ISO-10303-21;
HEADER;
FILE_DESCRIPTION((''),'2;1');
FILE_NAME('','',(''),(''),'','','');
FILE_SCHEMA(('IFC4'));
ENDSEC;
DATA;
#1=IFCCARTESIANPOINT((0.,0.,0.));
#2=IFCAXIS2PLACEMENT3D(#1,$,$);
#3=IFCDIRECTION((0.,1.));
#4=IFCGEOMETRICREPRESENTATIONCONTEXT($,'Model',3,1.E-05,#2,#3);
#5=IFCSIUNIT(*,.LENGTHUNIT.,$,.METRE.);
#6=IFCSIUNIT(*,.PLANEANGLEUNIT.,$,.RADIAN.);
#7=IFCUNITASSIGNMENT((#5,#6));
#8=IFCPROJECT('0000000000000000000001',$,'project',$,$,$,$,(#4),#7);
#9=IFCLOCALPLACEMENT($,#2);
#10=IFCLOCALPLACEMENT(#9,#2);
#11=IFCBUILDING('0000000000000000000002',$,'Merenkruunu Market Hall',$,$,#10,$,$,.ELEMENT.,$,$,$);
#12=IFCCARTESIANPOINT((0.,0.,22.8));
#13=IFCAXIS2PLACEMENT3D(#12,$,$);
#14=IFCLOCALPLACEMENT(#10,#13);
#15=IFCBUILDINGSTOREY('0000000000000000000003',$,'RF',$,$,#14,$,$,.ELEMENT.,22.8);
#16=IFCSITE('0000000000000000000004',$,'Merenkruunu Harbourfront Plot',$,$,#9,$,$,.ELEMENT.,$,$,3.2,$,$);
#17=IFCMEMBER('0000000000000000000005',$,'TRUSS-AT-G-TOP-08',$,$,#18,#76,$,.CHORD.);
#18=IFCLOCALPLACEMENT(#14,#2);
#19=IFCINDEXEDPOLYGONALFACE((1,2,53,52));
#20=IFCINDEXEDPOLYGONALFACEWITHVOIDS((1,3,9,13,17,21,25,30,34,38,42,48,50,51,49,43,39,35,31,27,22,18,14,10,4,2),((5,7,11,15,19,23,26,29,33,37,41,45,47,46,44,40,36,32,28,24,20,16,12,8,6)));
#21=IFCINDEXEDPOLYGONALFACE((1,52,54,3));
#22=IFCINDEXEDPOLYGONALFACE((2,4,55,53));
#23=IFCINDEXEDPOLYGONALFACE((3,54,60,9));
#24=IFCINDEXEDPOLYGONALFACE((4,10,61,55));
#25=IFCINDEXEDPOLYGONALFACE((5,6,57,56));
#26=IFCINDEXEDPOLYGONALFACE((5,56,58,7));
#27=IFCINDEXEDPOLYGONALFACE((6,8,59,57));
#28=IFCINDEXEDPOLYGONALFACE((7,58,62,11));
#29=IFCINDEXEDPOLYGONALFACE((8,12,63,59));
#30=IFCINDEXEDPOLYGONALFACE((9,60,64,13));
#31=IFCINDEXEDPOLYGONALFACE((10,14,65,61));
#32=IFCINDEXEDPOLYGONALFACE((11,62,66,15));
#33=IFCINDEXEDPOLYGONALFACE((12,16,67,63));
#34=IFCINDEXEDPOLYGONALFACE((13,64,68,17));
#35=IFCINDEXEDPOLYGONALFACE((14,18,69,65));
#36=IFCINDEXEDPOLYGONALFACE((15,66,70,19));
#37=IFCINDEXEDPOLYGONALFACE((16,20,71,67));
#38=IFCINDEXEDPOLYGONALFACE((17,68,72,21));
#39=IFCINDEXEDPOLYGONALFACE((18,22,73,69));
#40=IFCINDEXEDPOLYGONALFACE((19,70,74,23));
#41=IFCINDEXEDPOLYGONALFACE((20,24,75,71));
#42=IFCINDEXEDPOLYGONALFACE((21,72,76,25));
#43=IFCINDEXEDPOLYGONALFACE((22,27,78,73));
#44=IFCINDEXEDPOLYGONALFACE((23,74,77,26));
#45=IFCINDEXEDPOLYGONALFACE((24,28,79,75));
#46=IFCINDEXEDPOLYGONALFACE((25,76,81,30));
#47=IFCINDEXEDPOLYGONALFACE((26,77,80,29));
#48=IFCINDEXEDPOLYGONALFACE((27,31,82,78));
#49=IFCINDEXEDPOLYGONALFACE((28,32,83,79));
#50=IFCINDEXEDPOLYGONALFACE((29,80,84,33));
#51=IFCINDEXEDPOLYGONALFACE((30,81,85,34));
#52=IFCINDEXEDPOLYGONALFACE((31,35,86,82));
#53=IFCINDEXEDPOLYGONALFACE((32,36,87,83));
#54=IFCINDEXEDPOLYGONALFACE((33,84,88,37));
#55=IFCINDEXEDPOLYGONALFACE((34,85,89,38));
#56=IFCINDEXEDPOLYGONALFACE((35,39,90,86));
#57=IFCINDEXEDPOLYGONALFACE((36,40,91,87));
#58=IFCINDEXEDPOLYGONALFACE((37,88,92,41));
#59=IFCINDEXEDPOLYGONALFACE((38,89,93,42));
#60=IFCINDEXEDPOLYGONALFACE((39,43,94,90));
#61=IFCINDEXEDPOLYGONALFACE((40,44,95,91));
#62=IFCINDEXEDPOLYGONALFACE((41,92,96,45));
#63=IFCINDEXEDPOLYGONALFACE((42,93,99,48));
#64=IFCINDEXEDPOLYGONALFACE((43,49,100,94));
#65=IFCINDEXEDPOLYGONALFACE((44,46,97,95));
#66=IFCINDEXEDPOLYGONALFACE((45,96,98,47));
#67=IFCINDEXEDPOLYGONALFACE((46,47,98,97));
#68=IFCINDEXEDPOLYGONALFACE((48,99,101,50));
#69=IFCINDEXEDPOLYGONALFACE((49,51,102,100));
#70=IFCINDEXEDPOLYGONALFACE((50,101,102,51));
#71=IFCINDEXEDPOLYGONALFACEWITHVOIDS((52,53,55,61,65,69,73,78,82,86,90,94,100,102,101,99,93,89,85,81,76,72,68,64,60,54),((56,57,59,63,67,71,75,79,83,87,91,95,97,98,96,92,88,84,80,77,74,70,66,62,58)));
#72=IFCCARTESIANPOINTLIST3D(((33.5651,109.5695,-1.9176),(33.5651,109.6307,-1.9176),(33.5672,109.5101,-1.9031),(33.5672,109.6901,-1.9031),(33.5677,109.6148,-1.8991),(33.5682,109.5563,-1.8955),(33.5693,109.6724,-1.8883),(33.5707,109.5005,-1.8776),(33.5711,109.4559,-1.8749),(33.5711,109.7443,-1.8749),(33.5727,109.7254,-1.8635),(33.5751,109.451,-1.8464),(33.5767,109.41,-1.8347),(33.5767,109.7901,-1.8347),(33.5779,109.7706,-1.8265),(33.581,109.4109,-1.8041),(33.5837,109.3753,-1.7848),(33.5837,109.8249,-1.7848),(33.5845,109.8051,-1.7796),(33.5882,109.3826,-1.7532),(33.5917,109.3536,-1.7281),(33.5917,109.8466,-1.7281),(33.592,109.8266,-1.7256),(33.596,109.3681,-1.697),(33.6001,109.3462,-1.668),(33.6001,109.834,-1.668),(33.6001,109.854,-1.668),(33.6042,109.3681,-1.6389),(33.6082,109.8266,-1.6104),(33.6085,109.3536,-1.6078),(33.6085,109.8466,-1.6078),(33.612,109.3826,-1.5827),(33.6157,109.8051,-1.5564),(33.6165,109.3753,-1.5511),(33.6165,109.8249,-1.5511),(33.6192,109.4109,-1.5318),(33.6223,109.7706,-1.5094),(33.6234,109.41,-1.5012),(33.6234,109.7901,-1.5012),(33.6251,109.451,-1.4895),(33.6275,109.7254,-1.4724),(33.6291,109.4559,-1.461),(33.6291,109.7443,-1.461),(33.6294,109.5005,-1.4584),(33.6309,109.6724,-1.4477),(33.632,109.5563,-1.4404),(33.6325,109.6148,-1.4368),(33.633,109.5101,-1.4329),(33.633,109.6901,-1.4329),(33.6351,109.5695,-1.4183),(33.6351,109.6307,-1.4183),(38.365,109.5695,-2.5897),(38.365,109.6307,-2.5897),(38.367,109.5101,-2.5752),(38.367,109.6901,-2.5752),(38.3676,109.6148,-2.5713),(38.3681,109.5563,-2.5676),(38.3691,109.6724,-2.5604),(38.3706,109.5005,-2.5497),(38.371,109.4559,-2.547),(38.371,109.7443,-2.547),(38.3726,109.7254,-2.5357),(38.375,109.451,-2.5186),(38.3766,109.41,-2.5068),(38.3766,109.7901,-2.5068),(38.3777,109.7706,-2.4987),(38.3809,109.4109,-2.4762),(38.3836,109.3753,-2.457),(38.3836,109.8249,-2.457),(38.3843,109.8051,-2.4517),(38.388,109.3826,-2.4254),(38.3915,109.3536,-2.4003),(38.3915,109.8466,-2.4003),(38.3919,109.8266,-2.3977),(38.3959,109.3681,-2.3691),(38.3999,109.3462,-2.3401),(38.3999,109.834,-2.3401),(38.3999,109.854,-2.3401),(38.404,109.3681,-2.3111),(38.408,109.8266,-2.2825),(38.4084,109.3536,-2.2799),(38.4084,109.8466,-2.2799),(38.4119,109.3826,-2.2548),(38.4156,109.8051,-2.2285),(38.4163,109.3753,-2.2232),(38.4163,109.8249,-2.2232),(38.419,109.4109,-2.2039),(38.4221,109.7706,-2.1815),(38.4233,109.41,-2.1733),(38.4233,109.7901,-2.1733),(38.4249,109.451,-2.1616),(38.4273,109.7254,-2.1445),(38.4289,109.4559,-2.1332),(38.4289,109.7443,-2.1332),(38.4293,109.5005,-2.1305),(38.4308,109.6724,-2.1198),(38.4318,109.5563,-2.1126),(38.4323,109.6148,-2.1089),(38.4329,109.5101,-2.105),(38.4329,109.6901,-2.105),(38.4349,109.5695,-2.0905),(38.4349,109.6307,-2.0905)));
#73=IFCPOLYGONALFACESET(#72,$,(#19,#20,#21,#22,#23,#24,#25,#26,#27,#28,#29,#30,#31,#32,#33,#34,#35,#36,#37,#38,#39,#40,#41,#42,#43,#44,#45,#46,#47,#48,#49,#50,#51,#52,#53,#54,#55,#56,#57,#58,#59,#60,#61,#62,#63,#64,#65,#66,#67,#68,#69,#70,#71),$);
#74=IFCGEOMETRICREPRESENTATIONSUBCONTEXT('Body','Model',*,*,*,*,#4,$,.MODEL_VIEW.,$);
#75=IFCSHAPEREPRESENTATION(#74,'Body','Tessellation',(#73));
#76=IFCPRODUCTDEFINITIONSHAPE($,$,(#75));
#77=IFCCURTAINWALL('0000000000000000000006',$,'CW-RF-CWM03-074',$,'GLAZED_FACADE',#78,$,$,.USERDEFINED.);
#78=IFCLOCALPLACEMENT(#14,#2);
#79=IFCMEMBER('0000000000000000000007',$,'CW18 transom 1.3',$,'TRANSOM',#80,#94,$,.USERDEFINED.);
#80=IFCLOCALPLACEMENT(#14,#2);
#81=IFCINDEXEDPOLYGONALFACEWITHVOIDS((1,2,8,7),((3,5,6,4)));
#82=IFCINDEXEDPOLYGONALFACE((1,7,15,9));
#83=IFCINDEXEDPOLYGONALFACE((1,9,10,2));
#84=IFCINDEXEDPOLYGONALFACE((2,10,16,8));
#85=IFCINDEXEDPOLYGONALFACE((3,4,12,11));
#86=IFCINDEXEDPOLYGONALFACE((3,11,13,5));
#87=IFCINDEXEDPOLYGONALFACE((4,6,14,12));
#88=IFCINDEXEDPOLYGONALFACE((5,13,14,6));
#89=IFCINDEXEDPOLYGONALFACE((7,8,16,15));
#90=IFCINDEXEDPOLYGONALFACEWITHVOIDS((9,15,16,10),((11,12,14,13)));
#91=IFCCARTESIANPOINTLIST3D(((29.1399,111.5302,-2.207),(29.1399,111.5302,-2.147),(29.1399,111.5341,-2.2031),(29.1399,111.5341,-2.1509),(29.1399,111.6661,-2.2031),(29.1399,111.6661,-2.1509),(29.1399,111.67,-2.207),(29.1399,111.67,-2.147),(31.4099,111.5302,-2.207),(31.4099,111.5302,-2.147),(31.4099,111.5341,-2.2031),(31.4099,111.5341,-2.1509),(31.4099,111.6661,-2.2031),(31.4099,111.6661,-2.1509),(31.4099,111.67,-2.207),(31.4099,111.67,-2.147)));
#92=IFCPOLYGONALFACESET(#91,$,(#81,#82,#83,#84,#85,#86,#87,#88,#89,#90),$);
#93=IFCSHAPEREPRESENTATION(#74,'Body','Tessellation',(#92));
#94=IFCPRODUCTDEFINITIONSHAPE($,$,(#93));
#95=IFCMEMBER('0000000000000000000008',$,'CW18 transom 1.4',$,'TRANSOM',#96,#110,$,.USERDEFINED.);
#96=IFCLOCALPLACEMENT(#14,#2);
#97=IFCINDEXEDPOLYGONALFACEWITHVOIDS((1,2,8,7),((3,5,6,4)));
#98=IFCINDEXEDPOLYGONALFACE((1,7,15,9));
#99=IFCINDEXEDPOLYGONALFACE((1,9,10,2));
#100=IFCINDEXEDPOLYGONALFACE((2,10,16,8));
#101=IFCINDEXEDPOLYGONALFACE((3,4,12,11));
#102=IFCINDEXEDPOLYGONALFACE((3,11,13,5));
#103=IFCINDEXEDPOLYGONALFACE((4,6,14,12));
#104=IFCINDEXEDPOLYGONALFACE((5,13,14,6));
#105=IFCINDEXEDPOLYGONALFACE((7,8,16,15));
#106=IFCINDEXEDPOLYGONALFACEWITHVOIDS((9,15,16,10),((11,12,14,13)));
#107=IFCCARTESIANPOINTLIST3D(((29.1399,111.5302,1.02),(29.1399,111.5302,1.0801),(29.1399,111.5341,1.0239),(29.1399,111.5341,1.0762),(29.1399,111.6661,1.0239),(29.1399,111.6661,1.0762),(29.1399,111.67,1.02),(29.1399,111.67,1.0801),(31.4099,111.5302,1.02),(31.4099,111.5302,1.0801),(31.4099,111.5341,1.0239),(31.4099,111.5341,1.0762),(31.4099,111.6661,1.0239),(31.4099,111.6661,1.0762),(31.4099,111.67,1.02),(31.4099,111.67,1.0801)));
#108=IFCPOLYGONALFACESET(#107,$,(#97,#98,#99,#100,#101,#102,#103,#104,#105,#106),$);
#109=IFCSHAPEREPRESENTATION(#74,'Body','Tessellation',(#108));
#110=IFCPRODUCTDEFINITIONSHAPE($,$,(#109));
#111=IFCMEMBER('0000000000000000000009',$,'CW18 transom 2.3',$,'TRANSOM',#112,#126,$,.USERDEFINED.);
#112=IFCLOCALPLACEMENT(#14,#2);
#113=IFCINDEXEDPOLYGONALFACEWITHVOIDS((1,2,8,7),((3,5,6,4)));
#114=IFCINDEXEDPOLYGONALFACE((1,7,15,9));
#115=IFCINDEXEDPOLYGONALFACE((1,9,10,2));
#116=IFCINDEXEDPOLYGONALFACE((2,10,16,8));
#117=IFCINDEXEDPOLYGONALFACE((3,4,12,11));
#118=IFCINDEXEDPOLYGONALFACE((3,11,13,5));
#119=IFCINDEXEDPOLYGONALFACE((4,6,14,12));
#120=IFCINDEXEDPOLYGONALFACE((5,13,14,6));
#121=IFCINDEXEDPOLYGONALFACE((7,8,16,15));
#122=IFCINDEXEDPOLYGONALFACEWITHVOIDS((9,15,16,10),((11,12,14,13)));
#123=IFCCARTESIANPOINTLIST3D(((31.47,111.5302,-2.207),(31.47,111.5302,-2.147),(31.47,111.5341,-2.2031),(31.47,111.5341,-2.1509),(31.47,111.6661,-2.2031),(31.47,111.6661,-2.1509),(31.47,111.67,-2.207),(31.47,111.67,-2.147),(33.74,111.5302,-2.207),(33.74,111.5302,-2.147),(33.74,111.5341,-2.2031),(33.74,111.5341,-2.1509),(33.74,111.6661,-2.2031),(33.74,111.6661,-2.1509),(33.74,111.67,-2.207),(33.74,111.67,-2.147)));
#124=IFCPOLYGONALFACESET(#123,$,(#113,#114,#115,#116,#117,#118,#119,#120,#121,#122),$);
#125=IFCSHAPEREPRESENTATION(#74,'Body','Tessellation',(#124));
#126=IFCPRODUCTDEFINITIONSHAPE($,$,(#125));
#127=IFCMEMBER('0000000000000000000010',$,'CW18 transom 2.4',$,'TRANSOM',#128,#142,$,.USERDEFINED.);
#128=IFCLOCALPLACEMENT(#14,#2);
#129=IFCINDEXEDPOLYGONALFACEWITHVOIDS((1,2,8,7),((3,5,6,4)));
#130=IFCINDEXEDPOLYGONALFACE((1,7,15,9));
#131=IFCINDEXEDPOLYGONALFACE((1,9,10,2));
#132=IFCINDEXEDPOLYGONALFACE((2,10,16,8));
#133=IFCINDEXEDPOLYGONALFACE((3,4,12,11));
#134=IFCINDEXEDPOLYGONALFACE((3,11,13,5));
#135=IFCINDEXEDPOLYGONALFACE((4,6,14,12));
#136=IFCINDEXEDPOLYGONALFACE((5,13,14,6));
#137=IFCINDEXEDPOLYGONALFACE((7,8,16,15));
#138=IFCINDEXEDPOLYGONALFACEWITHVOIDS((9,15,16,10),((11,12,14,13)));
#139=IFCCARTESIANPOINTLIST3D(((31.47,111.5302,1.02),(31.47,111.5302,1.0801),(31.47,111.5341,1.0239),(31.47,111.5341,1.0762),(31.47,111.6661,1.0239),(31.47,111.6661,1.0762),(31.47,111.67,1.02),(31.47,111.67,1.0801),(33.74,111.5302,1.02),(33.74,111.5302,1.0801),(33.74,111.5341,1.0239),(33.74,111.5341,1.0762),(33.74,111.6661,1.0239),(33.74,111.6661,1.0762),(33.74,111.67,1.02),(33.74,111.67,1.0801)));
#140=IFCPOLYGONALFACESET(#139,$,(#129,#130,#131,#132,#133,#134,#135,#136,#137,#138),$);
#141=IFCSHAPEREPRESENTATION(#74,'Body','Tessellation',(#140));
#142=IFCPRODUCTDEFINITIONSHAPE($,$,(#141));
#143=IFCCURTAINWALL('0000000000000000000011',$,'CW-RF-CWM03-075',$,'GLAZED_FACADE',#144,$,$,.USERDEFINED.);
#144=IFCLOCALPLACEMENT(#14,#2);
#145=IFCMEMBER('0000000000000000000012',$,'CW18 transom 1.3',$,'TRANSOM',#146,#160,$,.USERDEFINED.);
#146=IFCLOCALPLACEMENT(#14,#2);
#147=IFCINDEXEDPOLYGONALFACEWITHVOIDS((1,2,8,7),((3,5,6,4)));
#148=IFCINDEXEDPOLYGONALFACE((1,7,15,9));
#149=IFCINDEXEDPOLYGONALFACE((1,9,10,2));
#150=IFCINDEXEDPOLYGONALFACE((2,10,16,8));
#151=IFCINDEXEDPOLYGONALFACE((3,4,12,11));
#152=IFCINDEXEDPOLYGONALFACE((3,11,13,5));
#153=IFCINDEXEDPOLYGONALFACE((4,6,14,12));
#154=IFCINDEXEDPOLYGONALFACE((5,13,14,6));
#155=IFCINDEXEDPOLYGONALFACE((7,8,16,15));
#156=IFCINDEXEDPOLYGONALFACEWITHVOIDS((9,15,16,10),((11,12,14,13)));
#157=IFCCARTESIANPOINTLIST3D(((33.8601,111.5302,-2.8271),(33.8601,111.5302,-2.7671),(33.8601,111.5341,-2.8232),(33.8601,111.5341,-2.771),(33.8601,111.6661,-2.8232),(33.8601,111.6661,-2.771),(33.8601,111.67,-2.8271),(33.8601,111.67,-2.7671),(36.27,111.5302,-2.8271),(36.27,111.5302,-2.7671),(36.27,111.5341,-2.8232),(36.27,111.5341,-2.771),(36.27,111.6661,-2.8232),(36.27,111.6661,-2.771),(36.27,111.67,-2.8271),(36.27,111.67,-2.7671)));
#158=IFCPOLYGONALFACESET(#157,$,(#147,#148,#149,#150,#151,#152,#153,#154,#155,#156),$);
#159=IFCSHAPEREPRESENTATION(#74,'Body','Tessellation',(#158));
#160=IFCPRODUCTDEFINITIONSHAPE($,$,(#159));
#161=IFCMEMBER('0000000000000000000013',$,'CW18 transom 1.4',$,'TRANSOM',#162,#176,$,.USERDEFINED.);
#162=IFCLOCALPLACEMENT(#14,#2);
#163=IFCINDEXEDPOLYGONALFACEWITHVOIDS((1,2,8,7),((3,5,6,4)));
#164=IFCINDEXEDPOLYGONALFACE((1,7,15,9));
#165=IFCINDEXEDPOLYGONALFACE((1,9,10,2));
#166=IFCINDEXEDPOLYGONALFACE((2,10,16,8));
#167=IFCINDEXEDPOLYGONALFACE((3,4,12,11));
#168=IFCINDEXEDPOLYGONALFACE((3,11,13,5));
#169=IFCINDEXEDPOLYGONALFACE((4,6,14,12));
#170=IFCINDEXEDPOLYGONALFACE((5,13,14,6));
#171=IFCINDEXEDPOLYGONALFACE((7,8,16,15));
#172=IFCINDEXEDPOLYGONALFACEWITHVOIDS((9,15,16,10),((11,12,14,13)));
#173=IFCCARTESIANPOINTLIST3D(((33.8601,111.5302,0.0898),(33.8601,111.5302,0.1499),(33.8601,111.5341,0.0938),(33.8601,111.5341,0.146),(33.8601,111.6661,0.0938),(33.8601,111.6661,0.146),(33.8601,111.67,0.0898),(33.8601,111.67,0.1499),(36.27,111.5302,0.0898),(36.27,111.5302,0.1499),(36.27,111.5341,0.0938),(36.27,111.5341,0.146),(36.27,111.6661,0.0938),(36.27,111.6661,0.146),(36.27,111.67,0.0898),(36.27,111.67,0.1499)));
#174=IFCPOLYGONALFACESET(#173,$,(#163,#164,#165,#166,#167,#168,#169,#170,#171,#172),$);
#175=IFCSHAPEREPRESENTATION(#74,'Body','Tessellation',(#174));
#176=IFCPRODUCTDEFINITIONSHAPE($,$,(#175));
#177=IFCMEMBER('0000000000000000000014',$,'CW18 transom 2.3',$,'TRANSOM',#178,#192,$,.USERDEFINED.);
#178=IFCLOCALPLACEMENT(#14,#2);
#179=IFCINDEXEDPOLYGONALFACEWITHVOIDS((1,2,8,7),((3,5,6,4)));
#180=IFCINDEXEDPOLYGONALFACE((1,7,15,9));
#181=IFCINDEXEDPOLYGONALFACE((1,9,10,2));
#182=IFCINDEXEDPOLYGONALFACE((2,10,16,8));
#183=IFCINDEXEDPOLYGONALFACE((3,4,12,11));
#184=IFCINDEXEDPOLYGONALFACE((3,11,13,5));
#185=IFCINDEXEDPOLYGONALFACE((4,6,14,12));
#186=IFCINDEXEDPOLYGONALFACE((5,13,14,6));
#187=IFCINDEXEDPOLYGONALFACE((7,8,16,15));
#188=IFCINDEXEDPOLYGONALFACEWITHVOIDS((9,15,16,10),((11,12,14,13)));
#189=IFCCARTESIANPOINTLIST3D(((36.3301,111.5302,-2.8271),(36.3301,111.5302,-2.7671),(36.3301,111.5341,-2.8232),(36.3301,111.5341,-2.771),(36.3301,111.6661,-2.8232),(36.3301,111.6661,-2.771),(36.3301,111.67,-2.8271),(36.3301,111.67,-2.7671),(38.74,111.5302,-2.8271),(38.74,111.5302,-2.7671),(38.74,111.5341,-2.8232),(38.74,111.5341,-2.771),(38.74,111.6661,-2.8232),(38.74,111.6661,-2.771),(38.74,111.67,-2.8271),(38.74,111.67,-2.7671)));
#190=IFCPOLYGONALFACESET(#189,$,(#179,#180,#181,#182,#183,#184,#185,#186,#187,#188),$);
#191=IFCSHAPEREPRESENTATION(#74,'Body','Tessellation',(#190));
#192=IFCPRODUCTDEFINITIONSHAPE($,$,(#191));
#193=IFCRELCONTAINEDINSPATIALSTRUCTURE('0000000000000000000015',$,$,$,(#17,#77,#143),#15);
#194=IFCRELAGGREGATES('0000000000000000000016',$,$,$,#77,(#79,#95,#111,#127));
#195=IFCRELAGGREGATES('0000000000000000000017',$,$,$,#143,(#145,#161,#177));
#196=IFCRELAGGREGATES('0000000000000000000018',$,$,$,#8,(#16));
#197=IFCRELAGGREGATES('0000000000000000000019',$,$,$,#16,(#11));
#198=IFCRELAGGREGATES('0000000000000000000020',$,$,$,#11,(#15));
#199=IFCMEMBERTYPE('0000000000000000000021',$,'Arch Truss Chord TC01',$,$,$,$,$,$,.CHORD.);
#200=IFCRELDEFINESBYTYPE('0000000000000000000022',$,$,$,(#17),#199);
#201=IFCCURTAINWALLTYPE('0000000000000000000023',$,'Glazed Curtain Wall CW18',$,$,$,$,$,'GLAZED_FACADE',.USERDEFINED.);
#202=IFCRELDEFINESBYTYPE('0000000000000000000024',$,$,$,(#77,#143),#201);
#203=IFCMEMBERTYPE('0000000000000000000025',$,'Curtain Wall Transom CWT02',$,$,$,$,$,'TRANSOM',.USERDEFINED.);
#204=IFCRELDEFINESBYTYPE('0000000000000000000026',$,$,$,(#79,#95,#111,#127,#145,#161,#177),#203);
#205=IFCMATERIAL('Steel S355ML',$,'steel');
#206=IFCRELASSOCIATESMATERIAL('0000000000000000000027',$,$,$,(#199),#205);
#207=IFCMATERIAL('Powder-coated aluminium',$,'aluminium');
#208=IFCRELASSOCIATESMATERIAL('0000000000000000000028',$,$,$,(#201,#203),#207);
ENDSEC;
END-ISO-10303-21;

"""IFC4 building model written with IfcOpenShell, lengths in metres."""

from ifc_helpers import new_model, si_unit, direction, frame, origin, origin_2d, place, context, subcontext, project, spatial, hollow_rectangle, hollow_circle, extrude, material, material_profile, profile_set, type_object, element, aggregate, save


model = new_model("IFC4")

# Units and contexts
model_context = context("Model", 3, precision=1e-05, world=origin(), true_north=direction((0.0, 1.0)))
body_context = subcontext(model_context, "Body", "Model", "MODEL_VIEW")
ifc_project = project(units=[si_unit("LENGTHUNIT", "METRE"), si_unit("PLANEANGLEUNIT", "RADIAN")], contexts=[model_context])

# Site, building, storey
site_placement = place(None, origin())
site = spatial("IfcSite", under=ifc_project, at=site_placement, Name="Merenkruunu Harbourfront Plot", CompositionType="ELEMENT", RefElevation=3.2)
building_placement = place(site_placement, origin())
building = spatial("IfcBuilding", under=site, at=building_placement, Name="Merenkruunu Market Hall", CompositionType="ELEMENT")
storey_placement = place(building_placement, frame((0.0, 0.0, 22.8)))
storey = spatial("IfcBuildingStorey", under=building, at=storey_placement, Name="RF", CompositionType="ELEMENT", Elevation=22.8)

# Member
ifc_material_1 = material(Name="Steel S355ML", Category="steel")
ifc_material_profile_1 = material_profile(ifc_material_1, hollow_circle(Radius=0.2539, WallThickness=0.02, at=origin_2d()), Name="CHS 508x20")
ifc_profile_set_1 = profile_set([ifc_material_profile_1], Name="Steel S355ML")
member_type_1 = type_object("IfcMemberType", Name="Arch Truss Chord TC01", PredefinedType="CHORD", material=ifc_profile_set_1)
member_1_placement = place(storey_placement, frame((33.6001, 109.6001, -1.668), z_axis=(0.990338, 0.0, -0.138677), x_axis=(0.0, 1.0, 0.0)))
element("IfcMember", 1, at=member_1_placement, inside=storey, type_object=member_type_1, Name="TRUSS-AT-G-TOP-08", PredefinedType="CHORD", context=body_context, shape_type="SweptSolid", body=[
    extrude(hollow_circle(Radius=0.2539, WallThickness=0.02, at=origin_2d()), origin(), (0.0, 0.0, 1.0), 4.8467),
])

# Curtain walls, members
ifc_material_2 = material(Name="Powder-coated aluminium", Category="aluminium")
curtain_wall_type = type_object("IfcCurtainWallType", Name="Glazed Curtain Wall CW18", ElementType="GLAZED_FACADE", PredefinedType="USERDEFINED", material=ifc_material_2)
curtain_wall_1_placement = place(storey_placement, origin())
curtain_wall_1 = element("IfcCurtainWall", 2, at=curtain_wall_1_placement, inside=storey, type_object=curtain_wall_type, Name="CW-RF-CWM03-074", ObjectType="GLAZED_FACADE", PredefinedType="USERDEFINED")
ifc_material_profile_2 = material_profile(ifc_material_2, hollow_rectangle(XDim=0.0601, YDim=0.1399, WallThickness=0.0039, at=origin_2d()), Name="ALU 60x140x4")
ifc_profile_set_2 = profile_set([ifc_material_profile_2], Name="Powder-coated aluminium")
member_type_2 = type_object("IfcMemberType", Name="Curtain Wall Transom CWT02", ElementType="TRANSOM", PredefinedType="USERDEFINED", material=ifc_profile_set_2)
member_2_placement = place(storey_placement, frame((29.1399, 111.6001, -2.177), z_axis=(1.0, 0.0, 0.0), x_axis=(0.0, 0.0, 1.0)))
member_2 = element("IfcMember", 3, at=member_2_placement, type_object=member_type_2, Name="CW18 transom 1.3", ObjectType="TRANSOM", PredefinedType="USERDEFINED", context=body_context, shape_type="SweptSolid", body=[
    extrude(hollow_rectangle(XDim=0.0601, YDim=0.1399, WallThickness=0.0039, at=origin_2d()), origin(), (0.0, 0.0, 1.0), 2.27),
])
member_3_placement = place(storey_placement, frame((29.1399, 111.6001, 1.05), z_axis=(1.0, 0.0, 0.0), x_axis=(0.0, 0.0, 1.0)))
member_3 = element("IfcMember", 4, at=member_3_placement, type_object=member_type_2, Name="CW18 transom 1.4", ObjectType="TRANSOM", PredefinedType="USERDEFINED", context=body_context, shape_type="SweptSolid", body=[
    extrude(hollow_rectangle(XDim=0.0601, YDim=0.1399, WallThickness=0.0039, at=origin_2d()), origin(), (0.0, 0.0, 1.0), 2.27),
])
member_4_placement = place(storey_placement, frame((31.47, 111.6001, -2.177), z_axis=(1.0, 0.0, 0.0), x_axis=(0.0, 0.0, 1.0)))
member_4 = element("IfcMember", 5, at=member_4_placement, type_object=member_type_2, Name="CW18 transom 2.3", ObjectType="TRANSOM", PredefinedType="USERDEFINED", context=body_context, shape_type="SweptSolid", body=[
    extrude(hollow_rectangle(XDim=0.0601, YDim=0.1399, WallThickness=0.0039, at=origin_2d()), origin(), (0.0, 0.0, 1.0), 2.27),
])
member_5_placement = place(storey_placement, frame((31.47, 111.6001, 1.05), z_axis=(1.0, 0.0, 0.0), x_axis=(0.0, 0.0, 1.0)))
member_5 = element("IfcMember", 6, at=member_5_placement, type_object=member_type_2, Name="CW18 transom 2.4", ObjectType="TRANSOM", PredefinedType="USERDEFINED", context=body_context, shape_type="SweptSolid", body=[
    extrude(hollow_rectangle(XDim=0.0601, YDim=0.1399, WallThickness=0.0039, at=origin_2d()), origin(), (0.0, 0.0, 1.0), 2.27),
])
curtain_wall_2_placement = place(storey_placement, origin())
curtain_wall_2 = element("IfcCurtainWall", 7, at=curtain_wall_2_placement, inside=storey, type_object=curtain_wall_type, Name="CW-RF-CWM03-075", ObjectType="GLAZED_FACADE", PredefinedType="USERDEFINED")
member_6_placement = place(storey_placement, frame((33.8601, 111.6001, -2.7971), z_axis=(1.0, 0.0, 0.0), x_axis=(0.0, 0.0, 1.0)))
member_6 = element("IfcMember", 8, at=member_6_placement, type_object=member_type_2, Name="CW18 transom 1.3", ObjectType="TRANSOM", PredefinedType="USERDEFINED", context=body_context, shape_type="SweptSolid", body=[
    extrude(hollow_rectangle(XDim=0.0601, YDim=0.1399, WallThickness=0.0039, at=origin_2d()), origin(), (0.0, 0.0, 1.0), 2.4099),
])
member_7_placement = place(storey_placement, frame((33.8601, 111.6001, 0.1199), z_axis=(1.0, 0.0, 0.0), x_axis=(0.0, 0.0, 1.0)))
member_7 = element("IfcMember", 9, at=member_7_placement, type_object=member_type_2, Name="CW18 transom 1.4", ObjectType="TRANSOM", PredefinedType="USERDEFINED", context=body_context, shape_type="SweptSolid", body=[
    extrude(hollow_rectangle(XDim=0.0601, YDim=0.1399, WallThickness=0.0039, at=origin_2d()), origin(), (0.0, 0.0, 1.0), 2.4099),
])
member_8_placement = place(storey_placement, frame((36.3301, 111.6001, -2.7971), z_axis=(1.0, 0.0, 0.0), x_axis=(0.0, 0.0, 1.0)))
member_8 = element("IfcMember", 10, at=member_8_placement, type_object=member_type_2, Name="CW18 transom 2.3", ObjectType="TRANSOM", PredefinedType="USERDEFINED", context=body_context, shape_type="SweptSolid", body=[
    extrude(hollow_rectangle(XDim=0.0601, YDim=0.1399, WallThickness=0.0039, at=origin_2d()), origin(), (0.0, 0.0, 1.0), 2.4099),
])

aggregate(curtain_wall_1, [member_2, member_3, member_4, member_5])
aggregate(curtain_wall_2, [member_6, member_7, member_8])

save(model, "model.ifc")
